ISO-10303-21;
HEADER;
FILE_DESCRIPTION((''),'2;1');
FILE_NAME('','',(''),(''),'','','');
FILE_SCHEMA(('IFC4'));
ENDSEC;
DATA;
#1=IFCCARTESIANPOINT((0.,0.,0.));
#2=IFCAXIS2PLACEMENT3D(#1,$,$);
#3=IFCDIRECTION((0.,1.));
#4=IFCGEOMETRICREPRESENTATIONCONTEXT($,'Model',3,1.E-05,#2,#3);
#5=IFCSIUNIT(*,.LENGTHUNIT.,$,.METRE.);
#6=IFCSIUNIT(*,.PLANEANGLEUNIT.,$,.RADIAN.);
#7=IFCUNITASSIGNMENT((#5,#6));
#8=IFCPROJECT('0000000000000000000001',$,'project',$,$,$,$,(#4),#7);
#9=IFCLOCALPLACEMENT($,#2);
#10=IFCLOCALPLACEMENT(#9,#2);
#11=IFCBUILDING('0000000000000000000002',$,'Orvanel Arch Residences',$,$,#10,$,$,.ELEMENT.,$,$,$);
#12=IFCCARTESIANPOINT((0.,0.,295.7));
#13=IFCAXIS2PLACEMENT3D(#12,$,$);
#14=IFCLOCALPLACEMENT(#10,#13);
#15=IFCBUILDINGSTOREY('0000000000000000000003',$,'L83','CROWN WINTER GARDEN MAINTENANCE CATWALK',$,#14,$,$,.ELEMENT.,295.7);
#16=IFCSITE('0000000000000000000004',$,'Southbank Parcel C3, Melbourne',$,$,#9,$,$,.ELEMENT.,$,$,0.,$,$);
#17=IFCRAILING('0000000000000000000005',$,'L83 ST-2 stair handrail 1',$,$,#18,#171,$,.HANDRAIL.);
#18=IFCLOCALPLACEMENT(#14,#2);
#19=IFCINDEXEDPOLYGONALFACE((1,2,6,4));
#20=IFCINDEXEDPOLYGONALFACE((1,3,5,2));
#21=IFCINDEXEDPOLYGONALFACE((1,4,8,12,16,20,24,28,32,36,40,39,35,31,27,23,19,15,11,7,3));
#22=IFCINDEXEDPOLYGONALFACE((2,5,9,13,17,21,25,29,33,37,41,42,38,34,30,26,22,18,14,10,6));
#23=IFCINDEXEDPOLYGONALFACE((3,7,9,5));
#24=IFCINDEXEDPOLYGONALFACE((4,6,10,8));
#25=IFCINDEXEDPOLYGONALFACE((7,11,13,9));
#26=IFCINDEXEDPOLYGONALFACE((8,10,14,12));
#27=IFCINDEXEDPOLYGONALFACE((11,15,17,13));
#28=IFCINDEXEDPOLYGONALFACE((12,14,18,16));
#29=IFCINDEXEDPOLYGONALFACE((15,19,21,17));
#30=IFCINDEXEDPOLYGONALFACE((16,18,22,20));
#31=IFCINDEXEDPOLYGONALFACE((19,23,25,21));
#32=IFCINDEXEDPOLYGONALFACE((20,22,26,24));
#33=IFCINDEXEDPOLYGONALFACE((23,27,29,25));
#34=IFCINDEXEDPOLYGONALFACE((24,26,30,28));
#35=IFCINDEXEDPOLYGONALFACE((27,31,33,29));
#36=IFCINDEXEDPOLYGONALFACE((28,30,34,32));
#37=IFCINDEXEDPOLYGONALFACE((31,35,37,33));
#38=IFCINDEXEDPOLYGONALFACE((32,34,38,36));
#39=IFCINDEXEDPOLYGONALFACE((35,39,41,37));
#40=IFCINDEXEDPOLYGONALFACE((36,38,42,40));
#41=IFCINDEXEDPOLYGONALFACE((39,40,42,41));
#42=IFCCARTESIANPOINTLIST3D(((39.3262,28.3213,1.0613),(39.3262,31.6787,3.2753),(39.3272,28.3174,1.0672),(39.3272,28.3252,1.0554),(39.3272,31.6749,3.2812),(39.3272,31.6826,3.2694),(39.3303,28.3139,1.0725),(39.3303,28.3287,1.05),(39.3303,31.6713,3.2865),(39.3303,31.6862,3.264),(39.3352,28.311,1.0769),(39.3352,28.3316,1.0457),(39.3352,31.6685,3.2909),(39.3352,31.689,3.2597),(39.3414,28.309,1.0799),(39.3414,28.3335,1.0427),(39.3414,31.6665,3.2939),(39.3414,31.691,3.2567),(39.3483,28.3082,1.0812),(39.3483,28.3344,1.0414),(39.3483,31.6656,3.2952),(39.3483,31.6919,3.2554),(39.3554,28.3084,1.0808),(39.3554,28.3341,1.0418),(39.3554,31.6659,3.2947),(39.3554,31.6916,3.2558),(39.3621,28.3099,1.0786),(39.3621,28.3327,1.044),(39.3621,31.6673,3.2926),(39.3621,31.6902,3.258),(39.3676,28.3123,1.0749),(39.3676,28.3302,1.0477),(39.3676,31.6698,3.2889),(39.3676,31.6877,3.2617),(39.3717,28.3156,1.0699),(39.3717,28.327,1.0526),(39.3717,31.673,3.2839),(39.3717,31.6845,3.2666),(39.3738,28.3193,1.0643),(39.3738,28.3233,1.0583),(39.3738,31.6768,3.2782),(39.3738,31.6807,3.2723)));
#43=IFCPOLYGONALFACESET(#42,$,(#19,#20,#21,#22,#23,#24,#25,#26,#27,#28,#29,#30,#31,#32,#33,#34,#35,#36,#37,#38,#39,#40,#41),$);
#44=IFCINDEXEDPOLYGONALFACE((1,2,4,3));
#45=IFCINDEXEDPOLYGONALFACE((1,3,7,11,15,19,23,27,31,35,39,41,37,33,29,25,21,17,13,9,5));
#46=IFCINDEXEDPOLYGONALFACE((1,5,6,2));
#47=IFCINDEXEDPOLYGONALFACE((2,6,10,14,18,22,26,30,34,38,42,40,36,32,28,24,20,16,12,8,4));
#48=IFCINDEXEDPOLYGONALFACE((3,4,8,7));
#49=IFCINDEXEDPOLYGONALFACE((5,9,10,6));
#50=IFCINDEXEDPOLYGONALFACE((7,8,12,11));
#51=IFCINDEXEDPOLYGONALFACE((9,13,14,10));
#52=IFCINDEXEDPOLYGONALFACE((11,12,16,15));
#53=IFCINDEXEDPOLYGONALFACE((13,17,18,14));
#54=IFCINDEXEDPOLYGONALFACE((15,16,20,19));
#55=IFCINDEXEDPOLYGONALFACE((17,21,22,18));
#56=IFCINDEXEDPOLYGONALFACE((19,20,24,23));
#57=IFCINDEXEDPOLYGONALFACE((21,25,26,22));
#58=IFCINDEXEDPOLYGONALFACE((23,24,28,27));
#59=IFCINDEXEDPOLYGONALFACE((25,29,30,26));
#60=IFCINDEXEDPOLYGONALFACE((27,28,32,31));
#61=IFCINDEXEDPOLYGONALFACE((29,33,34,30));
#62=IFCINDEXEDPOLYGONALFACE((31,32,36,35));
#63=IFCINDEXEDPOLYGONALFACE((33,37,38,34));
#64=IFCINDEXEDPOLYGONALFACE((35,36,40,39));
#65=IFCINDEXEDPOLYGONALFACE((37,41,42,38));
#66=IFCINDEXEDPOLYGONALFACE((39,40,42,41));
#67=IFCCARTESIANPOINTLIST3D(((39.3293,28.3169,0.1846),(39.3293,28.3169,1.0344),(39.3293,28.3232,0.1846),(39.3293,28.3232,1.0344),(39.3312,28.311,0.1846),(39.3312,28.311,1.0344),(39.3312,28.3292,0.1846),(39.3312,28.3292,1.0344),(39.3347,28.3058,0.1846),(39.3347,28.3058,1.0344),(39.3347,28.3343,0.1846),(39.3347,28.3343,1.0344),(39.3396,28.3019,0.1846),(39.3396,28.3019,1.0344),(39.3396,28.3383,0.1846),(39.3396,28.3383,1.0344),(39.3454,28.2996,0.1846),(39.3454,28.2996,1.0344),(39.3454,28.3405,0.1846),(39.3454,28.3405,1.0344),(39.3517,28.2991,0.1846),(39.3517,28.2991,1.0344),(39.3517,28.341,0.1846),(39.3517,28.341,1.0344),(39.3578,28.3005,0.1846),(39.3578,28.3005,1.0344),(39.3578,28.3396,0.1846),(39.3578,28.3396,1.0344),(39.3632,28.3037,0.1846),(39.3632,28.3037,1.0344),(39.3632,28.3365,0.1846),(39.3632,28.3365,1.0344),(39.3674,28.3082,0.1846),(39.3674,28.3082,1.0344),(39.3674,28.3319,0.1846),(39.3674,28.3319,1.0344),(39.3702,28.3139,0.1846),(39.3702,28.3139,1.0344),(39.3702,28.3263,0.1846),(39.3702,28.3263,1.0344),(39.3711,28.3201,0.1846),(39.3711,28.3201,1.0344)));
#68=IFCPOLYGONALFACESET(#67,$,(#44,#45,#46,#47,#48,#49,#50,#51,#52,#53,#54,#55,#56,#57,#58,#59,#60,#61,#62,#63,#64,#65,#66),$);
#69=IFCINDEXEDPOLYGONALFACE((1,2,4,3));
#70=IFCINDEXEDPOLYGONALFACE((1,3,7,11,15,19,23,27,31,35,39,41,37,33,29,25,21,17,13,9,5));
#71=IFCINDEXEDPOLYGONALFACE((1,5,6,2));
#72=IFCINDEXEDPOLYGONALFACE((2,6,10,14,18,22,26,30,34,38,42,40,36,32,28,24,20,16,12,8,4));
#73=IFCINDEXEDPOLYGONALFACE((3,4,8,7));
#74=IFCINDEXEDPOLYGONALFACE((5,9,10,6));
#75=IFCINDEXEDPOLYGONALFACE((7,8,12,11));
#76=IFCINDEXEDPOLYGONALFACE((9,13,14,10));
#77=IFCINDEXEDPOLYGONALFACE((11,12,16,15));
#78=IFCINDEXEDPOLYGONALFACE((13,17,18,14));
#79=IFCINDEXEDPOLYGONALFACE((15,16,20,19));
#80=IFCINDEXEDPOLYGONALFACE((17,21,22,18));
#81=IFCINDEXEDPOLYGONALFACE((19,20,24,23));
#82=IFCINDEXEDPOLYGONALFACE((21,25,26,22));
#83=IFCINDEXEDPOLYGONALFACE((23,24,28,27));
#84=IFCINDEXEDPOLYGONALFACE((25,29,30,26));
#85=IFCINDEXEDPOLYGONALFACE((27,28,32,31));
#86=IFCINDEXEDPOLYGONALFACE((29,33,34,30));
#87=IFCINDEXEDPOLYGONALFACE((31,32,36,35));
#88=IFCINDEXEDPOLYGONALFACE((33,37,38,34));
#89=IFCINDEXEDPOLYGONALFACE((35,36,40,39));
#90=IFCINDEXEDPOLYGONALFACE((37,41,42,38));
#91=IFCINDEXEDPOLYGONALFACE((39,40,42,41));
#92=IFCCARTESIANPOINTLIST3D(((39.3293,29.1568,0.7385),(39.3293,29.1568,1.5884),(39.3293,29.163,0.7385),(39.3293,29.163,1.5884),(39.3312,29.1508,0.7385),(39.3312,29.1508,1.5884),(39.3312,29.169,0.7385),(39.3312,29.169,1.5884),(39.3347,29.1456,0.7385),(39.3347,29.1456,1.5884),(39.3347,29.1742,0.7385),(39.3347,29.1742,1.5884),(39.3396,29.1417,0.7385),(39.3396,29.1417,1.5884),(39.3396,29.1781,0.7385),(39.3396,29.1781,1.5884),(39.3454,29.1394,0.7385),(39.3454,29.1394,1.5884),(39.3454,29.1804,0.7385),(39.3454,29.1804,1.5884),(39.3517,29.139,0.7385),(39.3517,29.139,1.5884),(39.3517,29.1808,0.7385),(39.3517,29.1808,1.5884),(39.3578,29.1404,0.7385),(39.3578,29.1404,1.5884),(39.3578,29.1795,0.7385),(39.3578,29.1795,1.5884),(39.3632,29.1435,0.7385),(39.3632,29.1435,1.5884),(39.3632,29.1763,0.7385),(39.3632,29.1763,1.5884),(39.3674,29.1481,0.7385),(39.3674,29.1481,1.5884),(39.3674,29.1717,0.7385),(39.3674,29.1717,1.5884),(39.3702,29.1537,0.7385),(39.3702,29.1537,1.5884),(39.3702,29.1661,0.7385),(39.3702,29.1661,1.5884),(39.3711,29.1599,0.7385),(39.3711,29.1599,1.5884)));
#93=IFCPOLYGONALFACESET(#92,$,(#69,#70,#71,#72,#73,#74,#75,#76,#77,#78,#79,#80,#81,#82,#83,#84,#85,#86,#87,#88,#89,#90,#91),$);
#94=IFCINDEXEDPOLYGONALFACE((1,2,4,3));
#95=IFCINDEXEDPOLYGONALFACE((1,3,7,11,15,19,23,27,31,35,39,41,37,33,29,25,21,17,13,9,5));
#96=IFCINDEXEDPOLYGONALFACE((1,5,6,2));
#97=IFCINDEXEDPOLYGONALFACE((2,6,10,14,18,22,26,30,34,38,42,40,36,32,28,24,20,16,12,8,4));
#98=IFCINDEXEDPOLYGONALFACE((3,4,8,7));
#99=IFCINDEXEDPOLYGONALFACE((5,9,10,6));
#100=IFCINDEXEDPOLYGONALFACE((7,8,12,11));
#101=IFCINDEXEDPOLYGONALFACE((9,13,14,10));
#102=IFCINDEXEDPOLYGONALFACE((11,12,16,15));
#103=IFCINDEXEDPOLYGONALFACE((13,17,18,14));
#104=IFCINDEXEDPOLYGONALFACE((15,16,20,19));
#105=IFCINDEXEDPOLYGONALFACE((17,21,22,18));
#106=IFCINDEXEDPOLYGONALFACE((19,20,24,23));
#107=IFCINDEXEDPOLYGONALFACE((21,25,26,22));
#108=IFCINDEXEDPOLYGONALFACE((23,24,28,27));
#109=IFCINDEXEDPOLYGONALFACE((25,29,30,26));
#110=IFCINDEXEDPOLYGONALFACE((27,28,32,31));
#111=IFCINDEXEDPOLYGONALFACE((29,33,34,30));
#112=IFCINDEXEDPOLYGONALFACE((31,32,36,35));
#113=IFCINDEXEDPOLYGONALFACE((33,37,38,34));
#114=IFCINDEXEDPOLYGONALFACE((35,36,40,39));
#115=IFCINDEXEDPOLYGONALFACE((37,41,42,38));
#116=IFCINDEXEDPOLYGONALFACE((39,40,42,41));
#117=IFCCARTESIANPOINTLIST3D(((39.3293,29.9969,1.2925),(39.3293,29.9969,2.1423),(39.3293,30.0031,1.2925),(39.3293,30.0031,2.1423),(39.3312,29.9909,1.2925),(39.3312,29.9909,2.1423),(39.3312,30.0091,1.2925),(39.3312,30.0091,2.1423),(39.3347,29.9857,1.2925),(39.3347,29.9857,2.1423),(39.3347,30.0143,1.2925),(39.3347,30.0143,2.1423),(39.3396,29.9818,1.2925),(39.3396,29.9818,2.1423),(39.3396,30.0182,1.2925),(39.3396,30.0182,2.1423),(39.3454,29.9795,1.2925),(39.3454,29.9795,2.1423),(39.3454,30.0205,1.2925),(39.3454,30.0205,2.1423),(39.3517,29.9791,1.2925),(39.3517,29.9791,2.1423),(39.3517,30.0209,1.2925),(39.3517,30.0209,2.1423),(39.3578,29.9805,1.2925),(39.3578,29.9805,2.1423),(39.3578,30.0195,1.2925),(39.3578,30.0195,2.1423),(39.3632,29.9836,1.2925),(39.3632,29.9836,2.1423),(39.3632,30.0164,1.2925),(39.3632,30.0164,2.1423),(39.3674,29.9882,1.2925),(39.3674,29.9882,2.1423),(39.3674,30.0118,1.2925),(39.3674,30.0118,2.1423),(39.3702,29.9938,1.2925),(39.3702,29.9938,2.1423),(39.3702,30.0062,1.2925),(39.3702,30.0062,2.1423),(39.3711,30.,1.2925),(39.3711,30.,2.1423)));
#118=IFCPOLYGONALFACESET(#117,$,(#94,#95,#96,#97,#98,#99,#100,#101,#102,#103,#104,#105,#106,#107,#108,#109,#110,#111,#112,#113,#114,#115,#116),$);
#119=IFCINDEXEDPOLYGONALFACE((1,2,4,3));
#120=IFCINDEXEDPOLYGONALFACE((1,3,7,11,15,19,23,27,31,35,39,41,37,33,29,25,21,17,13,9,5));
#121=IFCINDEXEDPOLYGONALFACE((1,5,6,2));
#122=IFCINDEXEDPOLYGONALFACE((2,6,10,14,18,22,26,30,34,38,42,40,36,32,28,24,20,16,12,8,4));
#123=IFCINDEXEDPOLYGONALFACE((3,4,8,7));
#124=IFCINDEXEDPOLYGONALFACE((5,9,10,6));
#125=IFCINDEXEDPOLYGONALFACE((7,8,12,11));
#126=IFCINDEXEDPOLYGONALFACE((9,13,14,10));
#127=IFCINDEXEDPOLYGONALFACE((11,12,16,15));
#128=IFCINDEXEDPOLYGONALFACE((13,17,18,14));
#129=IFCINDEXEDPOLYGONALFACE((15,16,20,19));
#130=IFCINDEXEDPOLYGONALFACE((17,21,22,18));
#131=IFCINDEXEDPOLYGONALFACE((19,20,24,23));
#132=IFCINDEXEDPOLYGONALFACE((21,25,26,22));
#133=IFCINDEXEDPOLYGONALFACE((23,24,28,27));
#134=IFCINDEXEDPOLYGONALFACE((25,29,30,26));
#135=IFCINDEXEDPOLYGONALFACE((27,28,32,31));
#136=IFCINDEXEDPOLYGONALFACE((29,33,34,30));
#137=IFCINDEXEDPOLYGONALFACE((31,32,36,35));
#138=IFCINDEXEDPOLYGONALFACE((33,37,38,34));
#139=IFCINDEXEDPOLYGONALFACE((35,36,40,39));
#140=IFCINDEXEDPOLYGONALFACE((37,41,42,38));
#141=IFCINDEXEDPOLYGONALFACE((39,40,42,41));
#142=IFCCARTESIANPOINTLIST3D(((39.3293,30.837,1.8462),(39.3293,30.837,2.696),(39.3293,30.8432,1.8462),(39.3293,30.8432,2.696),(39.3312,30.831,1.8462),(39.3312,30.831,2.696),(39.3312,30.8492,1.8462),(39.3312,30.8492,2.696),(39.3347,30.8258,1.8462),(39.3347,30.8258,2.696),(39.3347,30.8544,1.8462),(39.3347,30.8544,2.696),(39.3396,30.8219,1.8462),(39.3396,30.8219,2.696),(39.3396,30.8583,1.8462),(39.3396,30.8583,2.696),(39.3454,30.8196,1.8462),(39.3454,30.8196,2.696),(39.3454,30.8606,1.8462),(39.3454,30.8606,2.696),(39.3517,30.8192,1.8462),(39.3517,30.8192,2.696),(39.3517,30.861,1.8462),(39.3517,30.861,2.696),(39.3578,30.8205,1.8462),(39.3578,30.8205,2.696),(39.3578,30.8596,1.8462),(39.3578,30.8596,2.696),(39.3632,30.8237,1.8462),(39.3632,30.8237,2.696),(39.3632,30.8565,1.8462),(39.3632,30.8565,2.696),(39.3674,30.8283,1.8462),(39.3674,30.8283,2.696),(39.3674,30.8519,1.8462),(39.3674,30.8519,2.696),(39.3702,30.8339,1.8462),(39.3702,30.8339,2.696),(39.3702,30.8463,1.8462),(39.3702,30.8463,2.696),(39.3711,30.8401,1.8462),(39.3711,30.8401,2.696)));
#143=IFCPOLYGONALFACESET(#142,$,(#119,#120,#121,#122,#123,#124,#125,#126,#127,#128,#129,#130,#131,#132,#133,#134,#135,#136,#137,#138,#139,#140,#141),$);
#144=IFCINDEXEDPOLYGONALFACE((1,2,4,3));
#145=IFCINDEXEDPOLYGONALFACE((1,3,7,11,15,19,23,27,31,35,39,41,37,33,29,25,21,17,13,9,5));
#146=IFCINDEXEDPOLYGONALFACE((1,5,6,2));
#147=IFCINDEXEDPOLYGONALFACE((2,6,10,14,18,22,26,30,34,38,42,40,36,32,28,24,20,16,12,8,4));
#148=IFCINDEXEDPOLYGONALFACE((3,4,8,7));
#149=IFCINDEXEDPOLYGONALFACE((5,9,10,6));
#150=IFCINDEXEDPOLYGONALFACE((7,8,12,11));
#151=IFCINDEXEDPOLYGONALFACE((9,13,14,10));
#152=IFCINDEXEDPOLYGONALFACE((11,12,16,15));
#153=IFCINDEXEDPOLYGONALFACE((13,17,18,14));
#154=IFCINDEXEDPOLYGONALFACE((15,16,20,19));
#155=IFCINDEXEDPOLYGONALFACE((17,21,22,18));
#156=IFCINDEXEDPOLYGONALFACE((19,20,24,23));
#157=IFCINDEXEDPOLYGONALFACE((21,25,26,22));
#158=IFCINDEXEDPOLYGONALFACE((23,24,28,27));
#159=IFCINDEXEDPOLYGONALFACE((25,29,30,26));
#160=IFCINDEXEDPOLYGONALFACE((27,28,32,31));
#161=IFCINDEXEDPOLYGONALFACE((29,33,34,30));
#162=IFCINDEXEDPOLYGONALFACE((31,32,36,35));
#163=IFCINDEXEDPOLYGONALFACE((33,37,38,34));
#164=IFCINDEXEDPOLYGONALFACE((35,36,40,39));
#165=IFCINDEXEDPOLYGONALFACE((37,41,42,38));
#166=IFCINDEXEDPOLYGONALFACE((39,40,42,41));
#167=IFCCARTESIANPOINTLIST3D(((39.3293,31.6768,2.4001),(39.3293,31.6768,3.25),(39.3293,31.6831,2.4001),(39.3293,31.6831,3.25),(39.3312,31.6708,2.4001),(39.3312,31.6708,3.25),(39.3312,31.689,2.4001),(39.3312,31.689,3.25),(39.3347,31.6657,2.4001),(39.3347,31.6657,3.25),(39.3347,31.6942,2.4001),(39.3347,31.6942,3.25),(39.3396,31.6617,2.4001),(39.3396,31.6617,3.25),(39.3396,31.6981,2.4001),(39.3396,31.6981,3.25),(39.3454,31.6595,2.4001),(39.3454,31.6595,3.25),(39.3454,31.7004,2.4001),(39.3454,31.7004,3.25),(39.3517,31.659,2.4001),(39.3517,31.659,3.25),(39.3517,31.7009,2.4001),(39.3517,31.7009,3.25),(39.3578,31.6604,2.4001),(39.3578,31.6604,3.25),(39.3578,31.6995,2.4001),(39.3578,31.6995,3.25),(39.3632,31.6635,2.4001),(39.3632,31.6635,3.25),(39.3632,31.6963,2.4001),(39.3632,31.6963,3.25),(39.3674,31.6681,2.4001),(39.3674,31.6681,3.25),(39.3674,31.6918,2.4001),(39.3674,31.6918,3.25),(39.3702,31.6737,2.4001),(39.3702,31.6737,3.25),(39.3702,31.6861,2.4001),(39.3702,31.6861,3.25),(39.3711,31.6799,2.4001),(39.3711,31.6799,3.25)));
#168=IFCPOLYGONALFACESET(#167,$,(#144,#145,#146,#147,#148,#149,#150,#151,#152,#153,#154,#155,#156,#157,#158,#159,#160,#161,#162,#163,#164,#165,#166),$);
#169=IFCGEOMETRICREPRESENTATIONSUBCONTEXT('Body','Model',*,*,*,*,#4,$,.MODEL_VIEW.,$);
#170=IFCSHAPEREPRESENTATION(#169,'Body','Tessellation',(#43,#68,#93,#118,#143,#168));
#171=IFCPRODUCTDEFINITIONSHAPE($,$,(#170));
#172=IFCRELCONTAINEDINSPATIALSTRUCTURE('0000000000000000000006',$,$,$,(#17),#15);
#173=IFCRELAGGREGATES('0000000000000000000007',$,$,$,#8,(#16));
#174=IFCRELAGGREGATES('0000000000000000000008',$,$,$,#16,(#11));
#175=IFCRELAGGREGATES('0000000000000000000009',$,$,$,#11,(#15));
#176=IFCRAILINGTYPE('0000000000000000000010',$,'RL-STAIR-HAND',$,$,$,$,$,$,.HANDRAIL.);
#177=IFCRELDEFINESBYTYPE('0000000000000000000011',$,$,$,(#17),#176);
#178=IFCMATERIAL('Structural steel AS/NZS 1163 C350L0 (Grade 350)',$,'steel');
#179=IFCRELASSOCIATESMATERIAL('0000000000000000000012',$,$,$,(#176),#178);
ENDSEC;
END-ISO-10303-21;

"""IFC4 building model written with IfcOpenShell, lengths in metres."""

from ifc_helpers import new_model, si_unit, direction, frame, origin, origin_2d, place, context, subcontext, project, spatial, circle, extrude, material, type_object, element, save


model = new_model("IFC4")

# Units and contexts
model_context = context("Model", 3, precision=1e-05, world=origin(), true_north=direction((0.0, 1.0)))
body_context = subcontext(model_context, "Body", "Model", "MODEL_VIEW")
ifc_project = project(units=[si_unit("LENGTHUNIT", "METRE"), si_unit("PLANEANGLEUNIT", "RADIAN")], contexts=[model_context])

# Site, building, storey
site_placement = place(None, origin())
site = spatial("IfcSite", under=ifc_project, at=site_placement, Name="Southbank Parcel C3, Melbourne", CompositionType="ELEMENT", RefElevation=0.0)
building_placement = place(site_placement, origin())
building = spatial("IfcBuilding", under=site, at=building_placement, Name="Orvanel Arch Residences", CompositionType="ELEMENT")
storey_placement = place(building_placement, frame((0.0, 0.0, 295.7)))
storey = spatial("IfcBuildingStorey", under=building, at=storey_placement, Name="L83", Description="CROWN WINTER GARDEN MAINTENANCE CATWALK", CompositionType="ELEMENT", Elevation=295.7)

# Shared definitions
ifc_material_1 = material(Name="Structural steel AS/NZS 1163 C350L0 (Grade 350)", Category="steel")

# Railing
railing_type_1 = type_object("IfcRailingType", Name="RL-STAIR-HAND", PredefinedType="HANDRAIL", material=ifc_material_1)
railing_1_placement = place(storey_placement, frame((39.3501, 28.3201, 0.1846)))
element("IfcRailing", 1, at=railing_1_placement, inside=storey, type_object=railing_type_1, Name="L83 ST-2 stair handrail 1", PredefinedType="HANDRAIL", context=body_context, shape_type="SweptSolid", body=[
    extrude(circle(Radius=0.0239, at=origin_2d()), frame((0.0, 0.0012, 0.8767), z_axis=(0.0, 0.83483, 0.550508), x_axis=(-1.0, 0.0, 0.0)), (0.0, 0.0, 1.0), 4.0217),
    extrude(circle(Radius=0.021, at=origin_2d()), origin(), (0.0, 0.0, 1.0), 0.8499),
    extrude(circle(Radius=0.021, at=origin_2d()), frame((0.0, 0.8398, 0.554)), (0.0, 0.0, 1.0), 0.8499),
    extrude(circle(Radius=0.021, at=origin_2d()), frame((0.0, 1.6799, 1.1079)), (0.0, 0.0, 1.0), 0.8499),
    extrude(circle(Radius=0.021, at=origin_2d()), frame((0.0, 2.52, 1.6616)), (0.0, 0.0, 1.0), 0.8499),
    extrude(circle(Radius=0.021, at=origin_2d()), frame((0.0, 3.3599, 2.2156)), (0.0, 0.0, 1.0), 0.8499),
])

save(model, "model.ifc")
